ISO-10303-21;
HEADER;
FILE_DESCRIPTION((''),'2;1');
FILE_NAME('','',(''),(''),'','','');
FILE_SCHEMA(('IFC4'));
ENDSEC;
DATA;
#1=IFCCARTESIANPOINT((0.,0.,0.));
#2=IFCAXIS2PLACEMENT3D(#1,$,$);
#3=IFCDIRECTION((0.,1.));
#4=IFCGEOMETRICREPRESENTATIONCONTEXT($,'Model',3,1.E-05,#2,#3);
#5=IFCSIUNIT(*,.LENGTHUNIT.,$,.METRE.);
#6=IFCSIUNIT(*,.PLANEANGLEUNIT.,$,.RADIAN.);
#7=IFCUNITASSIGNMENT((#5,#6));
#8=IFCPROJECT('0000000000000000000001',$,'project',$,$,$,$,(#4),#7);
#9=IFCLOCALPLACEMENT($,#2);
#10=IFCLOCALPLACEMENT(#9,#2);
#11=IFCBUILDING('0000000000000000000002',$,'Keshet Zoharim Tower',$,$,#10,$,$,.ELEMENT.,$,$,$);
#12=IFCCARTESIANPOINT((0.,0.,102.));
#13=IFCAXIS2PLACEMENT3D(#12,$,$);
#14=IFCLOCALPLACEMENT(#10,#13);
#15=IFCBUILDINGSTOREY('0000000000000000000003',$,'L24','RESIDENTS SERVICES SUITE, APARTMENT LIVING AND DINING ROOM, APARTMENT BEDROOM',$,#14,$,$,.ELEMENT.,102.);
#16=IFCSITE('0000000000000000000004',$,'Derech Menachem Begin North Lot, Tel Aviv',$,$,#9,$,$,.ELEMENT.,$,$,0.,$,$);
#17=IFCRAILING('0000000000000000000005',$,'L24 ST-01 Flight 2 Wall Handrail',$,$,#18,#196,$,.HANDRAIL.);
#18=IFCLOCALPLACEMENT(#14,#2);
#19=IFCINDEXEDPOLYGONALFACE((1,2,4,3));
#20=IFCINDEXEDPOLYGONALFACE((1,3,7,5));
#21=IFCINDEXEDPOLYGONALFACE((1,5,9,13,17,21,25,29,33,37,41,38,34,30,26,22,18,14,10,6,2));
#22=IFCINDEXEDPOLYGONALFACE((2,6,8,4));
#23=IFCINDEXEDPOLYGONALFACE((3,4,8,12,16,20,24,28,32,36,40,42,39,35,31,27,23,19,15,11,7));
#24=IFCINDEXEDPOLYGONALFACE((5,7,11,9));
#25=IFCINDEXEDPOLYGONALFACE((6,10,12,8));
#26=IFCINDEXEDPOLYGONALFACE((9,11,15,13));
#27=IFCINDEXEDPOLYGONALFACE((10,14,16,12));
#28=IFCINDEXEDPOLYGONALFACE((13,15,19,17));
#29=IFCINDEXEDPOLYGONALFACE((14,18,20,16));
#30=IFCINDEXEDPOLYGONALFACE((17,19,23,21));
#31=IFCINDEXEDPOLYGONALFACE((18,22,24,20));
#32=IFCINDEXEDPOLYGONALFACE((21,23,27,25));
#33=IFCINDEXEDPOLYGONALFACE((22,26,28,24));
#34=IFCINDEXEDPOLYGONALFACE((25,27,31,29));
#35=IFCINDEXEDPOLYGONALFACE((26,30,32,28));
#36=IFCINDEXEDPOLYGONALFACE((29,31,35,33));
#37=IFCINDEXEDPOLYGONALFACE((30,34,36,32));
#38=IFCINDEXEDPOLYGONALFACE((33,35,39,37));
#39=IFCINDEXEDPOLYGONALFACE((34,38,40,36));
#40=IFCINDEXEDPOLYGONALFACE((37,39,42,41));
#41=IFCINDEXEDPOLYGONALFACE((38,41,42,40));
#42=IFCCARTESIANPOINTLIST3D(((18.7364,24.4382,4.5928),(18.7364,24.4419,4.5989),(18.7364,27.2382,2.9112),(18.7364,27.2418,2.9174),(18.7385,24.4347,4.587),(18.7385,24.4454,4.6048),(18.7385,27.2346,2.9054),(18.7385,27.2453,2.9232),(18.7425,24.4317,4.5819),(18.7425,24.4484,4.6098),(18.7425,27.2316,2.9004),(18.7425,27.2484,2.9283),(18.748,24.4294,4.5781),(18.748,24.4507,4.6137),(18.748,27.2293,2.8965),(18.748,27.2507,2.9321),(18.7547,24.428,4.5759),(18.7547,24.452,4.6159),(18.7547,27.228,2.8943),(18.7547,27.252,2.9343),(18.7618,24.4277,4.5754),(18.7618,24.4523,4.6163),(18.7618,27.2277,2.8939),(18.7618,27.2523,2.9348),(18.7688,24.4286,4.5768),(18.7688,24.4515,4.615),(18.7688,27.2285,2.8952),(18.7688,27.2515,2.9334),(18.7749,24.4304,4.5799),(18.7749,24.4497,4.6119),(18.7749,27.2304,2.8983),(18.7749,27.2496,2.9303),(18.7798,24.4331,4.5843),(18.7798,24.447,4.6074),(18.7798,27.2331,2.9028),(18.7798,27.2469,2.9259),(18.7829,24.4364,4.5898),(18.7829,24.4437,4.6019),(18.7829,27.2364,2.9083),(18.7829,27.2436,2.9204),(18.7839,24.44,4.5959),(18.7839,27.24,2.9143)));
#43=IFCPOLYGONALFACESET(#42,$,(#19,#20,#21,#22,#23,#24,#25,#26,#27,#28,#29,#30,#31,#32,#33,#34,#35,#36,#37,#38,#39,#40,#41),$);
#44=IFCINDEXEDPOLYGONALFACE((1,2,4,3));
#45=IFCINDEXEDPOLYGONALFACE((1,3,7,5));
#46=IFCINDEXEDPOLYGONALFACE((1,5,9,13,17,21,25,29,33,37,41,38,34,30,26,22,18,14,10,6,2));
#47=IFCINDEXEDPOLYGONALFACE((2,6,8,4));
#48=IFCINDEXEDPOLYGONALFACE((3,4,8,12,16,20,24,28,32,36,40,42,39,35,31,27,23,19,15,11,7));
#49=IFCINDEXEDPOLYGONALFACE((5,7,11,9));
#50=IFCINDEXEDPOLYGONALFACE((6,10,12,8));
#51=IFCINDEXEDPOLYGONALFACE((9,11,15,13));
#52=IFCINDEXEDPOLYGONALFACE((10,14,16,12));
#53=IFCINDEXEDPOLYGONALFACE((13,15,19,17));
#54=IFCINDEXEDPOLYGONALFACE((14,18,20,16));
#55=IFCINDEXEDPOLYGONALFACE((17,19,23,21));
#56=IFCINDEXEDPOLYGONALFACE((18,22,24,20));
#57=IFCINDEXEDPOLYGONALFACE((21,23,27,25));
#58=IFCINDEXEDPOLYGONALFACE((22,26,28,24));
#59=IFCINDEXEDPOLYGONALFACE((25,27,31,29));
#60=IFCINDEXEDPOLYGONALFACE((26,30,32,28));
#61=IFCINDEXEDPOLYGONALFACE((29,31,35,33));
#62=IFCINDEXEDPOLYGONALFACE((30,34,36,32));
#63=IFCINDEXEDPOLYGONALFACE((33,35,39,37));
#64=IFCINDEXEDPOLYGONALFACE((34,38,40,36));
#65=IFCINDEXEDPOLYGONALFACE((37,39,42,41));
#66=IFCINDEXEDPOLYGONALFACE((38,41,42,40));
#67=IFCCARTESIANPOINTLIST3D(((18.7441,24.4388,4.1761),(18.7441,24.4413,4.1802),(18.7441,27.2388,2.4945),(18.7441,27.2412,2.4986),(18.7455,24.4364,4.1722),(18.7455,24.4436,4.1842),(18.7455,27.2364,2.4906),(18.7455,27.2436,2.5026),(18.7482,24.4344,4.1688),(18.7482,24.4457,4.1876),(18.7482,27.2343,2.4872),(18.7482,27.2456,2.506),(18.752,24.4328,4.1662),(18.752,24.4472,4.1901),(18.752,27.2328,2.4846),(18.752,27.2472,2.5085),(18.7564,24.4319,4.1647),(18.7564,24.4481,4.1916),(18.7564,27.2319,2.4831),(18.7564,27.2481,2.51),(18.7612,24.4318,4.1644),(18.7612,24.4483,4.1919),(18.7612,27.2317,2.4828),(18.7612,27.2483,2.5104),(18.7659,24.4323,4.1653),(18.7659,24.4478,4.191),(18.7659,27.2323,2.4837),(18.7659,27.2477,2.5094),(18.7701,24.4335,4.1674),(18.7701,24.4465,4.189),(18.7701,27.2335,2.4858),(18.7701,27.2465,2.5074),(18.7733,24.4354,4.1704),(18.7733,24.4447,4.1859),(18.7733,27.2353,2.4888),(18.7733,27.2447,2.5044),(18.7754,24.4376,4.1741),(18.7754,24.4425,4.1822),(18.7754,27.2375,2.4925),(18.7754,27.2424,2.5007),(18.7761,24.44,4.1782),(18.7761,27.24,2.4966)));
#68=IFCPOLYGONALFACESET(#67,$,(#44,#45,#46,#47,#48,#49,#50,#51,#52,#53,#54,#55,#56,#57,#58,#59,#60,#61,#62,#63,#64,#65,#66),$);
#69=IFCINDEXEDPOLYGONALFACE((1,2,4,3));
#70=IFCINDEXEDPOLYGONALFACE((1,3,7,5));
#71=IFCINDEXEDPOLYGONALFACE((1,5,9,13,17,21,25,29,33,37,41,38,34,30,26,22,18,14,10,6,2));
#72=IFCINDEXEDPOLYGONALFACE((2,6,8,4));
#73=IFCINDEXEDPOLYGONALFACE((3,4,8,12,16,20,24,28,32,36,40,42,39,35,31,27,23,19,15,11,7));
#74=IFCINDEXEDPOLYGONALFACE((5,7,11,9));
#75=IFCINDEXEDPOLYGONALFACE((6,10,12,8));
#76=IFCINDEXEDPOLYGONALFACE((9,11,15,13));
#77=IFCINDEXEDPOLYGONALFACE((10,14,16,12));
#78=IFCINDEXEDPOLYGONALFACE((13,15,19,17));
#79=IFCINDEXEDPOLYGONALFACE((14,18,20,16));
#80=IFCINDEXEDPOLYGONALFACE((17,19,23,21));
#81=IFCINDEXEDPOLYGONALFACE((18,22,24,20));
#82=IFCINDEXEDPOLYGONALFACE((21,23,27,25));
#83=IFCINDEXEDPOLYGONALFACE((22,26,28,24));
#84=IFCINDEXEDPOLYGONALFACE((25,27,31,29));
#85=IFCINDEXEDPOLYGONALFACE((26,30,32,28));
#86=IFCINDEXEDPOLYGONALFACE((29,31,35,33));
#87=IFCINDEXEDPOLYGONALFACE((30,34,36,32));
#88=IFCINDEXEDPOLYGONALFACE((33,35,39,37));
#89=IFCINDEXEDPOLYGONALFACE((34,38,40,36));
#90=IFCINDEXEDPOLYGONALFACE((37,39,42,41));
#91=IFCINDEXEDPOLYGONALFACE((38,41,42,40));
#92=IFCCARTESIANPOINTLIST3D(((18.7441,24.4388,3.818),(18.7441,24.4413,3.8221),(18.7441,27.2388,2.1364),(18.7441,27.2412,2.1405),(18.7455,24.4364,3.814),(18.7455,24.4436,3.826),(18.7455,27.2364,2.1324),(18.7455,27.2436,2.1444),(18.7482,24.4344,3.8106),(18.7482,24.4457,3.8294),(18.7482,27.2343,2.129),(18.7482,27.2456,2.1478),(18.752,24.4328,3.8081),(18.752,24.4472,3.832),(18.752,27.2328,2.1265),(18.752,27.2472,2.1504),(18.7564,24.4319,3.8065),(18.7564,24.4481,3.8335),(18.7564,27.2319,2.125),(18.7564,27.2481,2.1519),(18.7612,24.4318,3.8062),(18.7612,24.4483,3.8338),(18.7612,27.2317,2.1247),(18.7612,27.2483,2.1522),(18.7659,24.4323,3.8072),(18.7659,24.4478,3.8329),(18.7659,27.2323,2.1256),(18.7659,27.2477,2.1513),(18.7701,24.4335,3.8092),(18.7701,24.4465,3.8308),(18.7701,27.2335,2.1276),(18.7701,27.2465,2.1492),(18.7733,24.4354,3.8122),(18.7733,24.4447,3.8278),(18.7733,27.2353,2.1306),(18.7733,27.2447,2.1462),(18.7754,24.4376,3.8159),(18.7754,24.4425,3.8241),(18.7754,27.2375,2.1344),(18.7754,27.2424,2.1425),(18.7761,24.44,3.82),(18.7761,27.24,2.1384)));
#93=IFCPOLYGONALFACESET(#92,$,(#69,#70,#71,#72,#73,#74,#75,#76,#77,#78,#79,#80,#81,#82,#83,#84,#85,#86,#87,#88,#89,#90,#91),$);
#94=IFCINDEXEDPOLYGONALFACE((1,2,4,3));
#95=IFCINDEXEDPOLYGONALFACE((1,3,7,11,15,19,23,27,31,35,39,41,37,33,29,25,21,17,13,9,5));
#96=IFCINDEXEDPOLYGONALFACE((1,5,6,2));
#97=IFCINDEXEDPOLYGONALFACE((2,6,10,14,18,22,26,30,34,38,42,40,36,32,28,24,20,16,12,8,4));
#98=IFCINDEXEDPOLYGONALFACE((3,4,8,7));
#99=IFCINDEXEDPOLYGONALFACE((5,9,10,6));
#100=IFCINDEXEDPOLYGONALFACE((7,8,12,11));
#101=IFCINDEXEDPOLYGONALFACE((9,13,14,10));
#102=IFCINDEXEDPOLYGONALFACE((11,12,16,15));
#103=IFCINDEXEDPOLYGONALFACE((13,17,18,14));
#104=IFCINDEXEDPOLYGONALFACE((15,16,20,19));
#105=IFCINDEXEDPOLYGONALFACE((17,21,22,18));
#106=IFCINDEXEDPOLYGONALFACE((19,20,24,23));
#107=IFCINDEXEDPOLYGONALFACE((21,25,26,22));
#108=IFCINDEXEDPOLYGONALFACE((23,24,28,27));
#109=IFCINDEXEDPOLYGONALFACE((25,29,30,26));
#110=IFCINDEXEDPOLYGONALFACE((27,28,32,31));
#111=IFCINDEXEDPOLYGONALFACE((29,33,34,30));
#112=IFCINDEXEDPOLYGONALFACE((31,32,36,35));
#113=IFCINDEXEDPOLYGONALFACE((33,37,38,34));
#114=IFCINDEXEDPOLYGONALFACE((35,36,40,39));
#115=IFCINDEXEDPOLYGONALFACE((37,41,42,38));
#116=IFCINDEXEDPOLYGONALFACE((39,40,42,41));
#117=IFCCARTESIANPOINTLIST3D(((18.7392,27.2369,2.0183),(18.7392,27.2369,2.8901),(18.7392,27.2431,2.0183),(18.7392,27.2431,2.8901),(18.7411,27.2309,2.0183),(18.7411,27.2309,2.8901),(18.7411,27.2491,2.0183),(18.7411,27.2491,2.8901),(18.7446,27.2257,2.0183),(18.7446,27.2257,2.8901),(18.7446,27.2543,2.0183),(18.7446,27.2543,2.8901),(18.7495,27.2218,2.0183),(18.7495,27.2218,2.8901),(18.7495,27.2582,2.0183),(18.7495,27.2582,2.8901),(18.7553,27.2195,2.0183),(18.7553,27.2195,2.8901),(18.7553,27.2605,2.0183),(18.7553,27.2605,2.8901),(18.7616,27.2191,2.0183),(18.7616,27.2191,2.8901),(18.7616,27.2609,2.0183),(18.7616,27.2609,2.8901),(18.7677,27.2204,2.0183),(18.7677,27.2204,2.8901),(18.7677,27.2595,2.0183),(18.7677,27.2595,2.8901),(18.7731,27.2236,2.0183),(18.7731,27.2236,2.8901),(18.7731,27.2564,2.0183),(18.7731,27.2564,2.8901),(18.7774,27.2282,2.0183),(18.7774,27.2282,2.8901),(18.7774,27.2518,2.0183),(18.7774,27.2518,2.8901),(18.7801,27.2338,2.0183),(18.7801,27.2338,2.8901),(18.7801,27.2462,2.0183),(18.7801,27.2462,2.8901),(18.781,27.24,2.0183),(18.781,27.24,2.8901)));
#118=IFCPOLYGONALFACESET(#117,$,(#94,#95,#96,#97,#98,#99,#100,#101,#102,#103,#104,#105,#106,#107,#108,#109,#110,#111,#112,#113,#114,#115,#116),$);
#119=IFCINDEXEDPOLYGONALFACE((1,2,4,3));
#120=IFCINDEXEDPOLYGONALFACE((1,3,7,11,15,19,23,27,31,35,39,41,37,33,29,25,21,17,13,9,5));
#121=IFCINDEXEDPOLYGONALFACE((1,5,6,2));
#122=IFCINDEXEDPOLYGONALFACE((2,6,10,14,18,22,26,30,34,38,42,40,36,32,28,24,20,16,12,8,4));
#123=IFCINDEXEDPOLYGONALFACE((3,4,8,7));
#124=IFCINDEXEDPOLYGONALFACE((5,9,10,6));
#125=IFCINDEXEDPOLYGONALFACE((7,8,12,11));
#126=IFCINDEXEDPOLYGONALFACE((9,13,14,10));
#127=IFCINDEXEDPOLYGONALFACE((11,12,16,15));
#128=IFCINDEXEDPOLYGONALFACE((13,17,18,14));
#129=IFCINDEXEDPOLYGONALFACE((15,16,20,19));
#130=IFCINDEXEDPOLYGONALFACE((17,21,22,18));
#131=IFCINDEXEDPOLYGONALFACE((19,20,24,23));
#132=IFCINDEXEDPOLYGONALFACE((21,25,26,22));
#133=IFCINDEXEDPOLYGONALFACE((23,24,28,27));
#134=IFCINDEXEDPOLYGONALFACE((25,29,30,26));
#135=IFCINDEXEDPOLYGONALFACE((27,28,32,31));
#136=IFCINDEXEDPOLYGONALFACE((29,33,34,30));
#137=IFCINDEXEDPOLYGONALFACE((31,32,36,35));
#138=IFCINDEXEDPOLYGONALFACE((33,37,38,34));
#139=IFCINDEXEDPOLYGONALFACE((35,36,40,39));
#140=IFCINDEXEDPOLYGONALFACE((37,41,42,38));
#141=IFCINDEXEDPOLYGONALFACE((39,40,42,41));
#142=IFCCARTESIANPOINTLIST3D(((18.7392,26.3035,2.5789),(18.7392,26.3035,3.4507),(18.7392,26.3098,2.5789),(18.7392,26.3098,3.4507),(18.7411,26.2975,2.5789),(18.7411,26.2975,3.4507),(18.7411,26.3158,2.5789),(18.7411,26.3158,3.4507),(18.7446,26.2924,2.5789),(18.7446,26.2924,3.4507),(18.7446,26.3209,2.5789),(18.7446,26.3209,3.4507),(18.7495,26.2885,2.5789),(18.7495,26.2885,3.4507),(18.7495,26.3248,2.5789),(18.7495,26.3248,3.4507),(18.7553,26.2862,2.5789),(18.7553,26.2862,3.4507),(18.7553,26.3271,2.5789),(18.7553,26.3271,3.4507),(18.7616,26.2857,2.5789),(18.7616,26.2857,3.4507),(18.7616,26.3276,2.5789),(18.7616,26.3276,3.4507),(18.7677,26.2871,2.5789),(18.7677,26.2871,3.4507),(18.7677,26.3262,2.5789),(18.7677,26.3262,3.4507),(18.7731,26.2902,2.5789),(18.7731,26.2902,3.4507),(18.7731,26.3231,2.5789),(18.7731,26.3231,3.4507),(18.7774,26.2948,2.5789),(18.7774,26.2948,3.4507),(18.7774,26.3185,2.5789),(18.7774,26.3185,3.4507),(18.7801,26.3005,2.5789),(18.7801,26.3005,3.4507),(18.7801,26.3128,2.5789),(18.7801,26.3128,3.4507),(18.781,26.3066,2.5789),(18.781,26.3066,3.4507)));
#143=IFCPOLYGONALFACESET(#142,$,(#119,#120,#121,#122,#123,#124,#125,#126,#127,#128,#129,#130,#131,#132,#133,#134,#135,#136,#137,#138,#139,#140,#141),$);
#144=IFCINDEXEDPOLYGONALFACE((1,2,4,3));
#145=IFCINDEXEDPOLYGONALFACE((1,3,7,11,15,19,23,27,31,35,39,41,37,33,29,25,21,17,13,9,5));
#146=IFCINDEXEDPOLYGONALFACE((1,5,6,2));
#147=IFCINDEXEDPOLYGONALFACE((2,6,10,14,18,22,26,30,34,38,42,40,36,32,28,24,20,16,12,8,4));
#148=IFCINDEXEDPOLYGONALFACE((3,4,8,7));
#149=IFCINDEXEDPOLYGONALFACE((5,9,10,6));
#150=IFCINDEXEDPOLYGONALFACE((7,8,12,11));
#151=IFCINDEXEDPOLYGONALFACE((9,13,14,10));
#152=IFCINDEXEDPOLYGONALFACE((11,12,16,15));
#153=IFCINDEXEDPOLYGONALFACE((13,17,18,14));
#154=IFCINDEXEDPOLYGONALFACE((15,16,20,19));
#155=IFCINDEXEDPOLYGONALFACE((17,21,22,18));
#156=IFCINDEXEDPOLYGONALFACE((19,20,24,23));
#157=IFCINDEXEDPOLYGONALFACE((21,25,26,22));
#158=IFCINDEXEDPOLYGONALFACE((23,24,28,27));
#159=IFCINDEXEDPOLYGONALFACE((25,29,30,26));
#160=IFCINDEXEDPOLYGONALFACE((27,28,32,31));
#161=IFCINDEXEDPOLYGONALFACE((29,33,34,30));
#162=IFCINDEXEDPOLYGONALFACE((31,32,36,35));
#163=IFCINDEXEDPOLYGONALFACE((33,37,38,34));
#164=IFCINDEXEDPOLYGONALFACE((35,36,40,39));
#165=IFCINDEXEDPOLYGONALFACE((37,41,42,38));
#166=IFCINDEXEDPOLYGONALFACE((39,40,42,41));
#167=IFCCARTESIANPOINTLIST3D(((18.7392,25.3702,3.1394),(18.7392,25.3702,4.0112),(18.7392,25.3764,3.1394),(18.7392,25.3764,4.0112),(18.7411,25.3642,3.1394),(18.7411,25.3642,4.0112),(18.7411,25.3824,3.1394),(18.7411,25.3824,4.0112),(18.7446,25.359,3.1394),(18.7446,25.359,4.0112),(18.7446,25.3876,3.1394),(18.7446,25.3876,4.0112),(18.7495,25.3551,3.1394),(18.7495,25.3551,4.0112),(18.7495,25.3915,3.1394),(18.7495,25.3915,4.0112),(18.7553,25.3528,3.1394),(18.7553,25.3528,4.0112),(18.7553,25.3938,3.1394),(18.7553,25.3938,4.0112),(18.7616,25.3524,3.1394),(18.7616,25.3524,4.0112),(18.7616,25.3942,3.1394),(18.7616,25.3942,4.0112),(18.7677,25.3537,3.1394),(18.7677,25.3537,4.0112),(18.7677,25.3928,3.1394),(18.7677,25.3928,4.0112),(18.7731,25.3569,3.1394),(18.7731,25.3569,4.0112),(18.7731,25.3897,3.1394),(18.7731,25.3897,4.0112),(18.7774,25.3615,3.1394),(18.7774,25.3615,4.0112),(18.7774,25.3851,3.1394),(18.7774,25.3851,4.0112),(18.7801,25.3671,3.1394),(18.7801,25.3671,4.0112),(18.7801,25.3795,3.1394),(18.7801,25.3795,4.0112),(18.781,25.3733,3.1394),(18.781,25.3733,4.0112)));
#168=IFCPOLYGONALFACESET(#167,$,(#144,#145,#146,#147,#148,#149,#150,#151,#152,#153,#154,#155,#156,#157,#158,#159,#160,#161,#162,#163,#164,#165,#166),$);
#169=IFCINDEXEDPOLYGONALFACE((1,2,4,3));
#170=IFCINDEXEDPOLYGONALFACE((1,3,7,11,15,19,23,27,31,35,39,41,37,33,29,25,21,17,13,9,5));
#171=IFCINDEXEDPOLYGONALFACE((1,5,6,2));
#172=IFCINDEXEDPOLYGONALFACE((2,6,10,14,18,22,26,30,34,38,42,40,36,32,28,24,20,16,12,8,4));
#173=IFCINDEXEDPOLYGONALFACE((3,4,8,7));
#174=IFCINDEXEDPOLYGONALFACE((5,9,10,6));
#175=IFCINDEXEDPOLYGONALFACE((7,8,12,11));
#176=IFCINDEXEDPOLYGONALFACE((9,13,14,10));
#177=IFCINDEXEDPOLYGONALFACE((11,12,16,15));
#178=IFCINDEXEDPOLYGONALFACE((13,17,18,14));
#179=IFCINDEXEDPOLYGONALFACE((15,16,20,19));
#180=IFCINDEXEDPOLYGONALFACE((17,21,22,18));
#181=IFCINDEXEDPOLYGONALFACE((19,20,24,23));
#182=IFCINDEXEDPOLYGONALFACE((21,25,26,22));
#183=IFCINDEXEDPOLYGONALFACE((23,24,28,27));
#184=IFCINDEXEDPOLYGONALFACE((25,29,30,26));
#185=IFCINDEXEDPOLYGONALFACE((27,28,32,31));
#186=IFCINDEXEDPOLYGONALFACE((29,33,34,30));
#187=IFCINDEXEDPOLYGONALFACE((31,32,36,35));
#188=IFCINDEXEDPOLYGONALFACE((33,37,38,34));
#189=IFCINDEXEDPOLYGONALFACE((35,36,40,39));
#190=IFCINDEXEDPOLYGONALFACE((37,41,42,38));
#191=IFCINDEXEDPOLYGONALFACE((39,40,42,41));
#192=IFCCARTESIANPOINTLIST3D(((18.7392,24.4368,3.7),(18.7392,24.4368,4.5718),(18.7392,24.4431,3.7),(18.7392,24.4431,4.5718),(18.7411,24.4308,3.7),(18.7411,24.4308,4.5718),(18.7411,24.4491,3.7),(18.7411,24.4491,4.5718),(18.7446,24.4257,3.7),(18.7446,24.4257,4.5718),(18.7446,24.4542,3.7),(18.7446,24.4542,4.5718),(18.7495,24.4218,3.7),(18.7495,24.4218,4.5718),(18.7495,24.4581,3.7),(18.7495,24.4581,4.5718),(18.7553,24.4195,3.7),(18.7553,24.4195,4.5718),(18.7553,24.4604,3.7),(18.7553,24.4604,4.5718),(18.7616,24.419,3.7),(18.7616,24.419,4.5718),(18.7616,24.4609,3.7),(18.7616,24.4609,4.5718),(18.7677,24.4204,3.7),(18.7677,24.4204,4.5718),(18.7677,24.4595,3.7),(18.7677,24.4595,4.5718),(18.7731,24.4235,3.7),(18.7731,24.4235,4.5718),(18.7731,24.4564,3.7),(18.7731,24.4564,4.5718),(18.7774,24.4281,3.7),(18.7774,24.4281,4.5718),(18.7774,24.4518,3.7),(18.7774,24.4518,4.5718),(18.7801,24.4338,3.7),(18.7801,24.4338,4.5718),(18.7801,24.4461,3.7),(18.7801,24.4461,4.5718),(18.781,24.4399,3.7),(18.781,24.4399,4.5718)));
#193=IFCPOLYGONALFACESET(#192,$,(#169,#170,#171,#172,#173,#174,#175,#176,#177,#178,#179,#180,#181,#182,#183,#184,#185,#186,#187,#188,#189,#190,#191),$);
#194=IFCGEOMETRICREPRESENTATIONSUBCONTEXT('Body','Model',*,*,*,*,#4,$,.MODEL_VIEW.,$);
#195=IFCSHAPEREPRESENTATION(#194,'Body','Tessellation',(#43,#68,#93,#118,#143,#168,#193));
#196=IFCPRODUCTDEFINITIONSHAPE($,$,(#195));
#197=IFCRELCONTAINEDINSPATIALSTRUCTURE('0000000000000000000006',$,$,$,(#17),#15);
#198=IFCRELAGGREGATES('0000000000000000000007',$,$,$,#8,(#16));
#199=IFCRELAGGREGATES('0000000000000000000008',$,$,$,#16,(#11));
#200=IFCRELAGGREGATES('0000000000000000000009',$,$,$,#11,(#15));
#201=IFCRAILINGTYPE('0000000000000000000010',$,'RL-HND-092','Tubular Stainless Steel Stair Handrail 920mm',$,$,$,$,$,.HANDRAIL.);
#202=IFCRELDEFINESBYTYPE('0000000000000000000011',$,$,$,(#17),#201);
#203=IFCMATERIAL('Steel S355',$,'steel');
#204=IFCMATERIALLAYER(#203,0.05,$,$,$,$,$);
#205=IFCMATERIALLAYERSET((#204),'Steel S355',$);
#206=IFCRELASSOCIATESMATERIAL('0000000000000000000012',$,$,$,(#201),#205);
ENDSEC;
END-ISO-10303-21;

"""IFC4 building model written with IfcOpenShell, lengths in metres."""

from ifc_helpers import new_model, si_unit, direction, frame, origin, origin_2d, place, context, subcontext, project, spatial, circle, extrude, material, layer, layer_set, type_object, element, save


model = new_model("IFC4")

# Units and contexts
model_context = context("Model", 3, precision=1e-05, world=origin(), true_north=direction((0.0, 1.0)))
body_context = subcontext(model_context, "Body", "Model", "MODEL_VIEW")
ifc_project = project(units=[si_unit("LENGTHUNIT", "METRE"), si_unit("PLANEANGLEUNIT", "RADIAN")], contexts=[model_context])

# Site, building, storey
site_placement = place(None, origin())
site = spatial("IfcSite", under=ifc_project, at=site_placement, Name="Derech Menachem Begin North Lot, Tel Aviv", CompositionType="ELEMENT", RefElevation=0.0)
building_placement = place(site_placement, origin())
building = spatial("IfcBuilding", under=site, at=building_placement, Name="Keshet Zoharim Tower", CompositionType="ELEMENT")
storey_placement = place(building_placement, frame((0.0, 0.0, 102.0)))
storey = spatial("IfcBuildingStorey", under=building, at=storey_placement, Name="L24", Description="RESIDENTS SERVICES SUITE, APARTMENT LIVING AND DINING ROOM, APARTMENT BEDROOM", CompositionType="ELEMENT", Elevation=102.0)

# Shared definitions
ifc_material_1 = material(Name="Steel S355", Category="steel")

# Railing
ifc_layer_1 = layer(ifc_material_1, 0.05)
ifc_layer_set_1 = layer_set([ifc_layer_1], Name="Steel S355")
railing_type_1 = type_object("IfcRailingType", Name="RL-HND-092", Description="Tubular Stainless Steel Stair Handrail 920mm", PredefinedType="HANDRAIL", material=ifc_layer_set_1)
railing_1_placement = place(storey_placement, frame((18.76, 27.24, 2.0183)))
element("IfcRailing", 1, at=railing_1_placement, inside=storey, type_object=railing_type_1, Name="L24 ST-01 Flight 2 Wall Handrail", PredefinedType="HANDRAIL", context=body_context, shape_type="SweptSolid", body=[
    extrude(circle(Radius=0.0239, at=origin_2d()), frame((0.0, 0.0, 0.896), z_axis=(0.0, -0.857275, 0.514858), x_axis=(1.0, 0.0, 0.0)), (0.0, 0.0, 1.0), 3.2661),
    extrude(circle(Radius=0.0161, at=origin_2d()), frame((0.0, 0.0, 0.4783), z_axis=(0.0, -0.857275, 0.514858), x_axis=(1.0, 0.0, 0.0)), (0.0, 0.0, 1.0), 3.2661),
    extrude(circle(Radius=0.0161, at=origin_2d()), frame((0.0, 0.0, 0.1201), z_axis=(0.0, -0.857275, 0.514858), x_axis=(1.0, 0.0, 0.0)), (0.0, 0.0, 1.0), 3.2661),
    extrude(circle(Radius=0.021, at=origin_2d()), origin(), (0.0, 0.0, 1.0), 0.8718),
    extrude(circle(Radius=0.021, at=origin_2d()), frame((0.0, -0.9333, 0.5605)), (0.0, 0.0, 1.0), 0.8718),
    extrude(circle(Radius=0.021, at=origin_2d()), frame((0.0, -1.8667, 1.1211)), (0.0, 0.0, 1.0), 0.8718),
    extrude(circle(Radius=0.021, at=origin_2d()), frame((0.0, -2.8, 1.6816)), (0.0, 0.0, 1.0), 0.8718),
])

save(model, "model.ifc")
